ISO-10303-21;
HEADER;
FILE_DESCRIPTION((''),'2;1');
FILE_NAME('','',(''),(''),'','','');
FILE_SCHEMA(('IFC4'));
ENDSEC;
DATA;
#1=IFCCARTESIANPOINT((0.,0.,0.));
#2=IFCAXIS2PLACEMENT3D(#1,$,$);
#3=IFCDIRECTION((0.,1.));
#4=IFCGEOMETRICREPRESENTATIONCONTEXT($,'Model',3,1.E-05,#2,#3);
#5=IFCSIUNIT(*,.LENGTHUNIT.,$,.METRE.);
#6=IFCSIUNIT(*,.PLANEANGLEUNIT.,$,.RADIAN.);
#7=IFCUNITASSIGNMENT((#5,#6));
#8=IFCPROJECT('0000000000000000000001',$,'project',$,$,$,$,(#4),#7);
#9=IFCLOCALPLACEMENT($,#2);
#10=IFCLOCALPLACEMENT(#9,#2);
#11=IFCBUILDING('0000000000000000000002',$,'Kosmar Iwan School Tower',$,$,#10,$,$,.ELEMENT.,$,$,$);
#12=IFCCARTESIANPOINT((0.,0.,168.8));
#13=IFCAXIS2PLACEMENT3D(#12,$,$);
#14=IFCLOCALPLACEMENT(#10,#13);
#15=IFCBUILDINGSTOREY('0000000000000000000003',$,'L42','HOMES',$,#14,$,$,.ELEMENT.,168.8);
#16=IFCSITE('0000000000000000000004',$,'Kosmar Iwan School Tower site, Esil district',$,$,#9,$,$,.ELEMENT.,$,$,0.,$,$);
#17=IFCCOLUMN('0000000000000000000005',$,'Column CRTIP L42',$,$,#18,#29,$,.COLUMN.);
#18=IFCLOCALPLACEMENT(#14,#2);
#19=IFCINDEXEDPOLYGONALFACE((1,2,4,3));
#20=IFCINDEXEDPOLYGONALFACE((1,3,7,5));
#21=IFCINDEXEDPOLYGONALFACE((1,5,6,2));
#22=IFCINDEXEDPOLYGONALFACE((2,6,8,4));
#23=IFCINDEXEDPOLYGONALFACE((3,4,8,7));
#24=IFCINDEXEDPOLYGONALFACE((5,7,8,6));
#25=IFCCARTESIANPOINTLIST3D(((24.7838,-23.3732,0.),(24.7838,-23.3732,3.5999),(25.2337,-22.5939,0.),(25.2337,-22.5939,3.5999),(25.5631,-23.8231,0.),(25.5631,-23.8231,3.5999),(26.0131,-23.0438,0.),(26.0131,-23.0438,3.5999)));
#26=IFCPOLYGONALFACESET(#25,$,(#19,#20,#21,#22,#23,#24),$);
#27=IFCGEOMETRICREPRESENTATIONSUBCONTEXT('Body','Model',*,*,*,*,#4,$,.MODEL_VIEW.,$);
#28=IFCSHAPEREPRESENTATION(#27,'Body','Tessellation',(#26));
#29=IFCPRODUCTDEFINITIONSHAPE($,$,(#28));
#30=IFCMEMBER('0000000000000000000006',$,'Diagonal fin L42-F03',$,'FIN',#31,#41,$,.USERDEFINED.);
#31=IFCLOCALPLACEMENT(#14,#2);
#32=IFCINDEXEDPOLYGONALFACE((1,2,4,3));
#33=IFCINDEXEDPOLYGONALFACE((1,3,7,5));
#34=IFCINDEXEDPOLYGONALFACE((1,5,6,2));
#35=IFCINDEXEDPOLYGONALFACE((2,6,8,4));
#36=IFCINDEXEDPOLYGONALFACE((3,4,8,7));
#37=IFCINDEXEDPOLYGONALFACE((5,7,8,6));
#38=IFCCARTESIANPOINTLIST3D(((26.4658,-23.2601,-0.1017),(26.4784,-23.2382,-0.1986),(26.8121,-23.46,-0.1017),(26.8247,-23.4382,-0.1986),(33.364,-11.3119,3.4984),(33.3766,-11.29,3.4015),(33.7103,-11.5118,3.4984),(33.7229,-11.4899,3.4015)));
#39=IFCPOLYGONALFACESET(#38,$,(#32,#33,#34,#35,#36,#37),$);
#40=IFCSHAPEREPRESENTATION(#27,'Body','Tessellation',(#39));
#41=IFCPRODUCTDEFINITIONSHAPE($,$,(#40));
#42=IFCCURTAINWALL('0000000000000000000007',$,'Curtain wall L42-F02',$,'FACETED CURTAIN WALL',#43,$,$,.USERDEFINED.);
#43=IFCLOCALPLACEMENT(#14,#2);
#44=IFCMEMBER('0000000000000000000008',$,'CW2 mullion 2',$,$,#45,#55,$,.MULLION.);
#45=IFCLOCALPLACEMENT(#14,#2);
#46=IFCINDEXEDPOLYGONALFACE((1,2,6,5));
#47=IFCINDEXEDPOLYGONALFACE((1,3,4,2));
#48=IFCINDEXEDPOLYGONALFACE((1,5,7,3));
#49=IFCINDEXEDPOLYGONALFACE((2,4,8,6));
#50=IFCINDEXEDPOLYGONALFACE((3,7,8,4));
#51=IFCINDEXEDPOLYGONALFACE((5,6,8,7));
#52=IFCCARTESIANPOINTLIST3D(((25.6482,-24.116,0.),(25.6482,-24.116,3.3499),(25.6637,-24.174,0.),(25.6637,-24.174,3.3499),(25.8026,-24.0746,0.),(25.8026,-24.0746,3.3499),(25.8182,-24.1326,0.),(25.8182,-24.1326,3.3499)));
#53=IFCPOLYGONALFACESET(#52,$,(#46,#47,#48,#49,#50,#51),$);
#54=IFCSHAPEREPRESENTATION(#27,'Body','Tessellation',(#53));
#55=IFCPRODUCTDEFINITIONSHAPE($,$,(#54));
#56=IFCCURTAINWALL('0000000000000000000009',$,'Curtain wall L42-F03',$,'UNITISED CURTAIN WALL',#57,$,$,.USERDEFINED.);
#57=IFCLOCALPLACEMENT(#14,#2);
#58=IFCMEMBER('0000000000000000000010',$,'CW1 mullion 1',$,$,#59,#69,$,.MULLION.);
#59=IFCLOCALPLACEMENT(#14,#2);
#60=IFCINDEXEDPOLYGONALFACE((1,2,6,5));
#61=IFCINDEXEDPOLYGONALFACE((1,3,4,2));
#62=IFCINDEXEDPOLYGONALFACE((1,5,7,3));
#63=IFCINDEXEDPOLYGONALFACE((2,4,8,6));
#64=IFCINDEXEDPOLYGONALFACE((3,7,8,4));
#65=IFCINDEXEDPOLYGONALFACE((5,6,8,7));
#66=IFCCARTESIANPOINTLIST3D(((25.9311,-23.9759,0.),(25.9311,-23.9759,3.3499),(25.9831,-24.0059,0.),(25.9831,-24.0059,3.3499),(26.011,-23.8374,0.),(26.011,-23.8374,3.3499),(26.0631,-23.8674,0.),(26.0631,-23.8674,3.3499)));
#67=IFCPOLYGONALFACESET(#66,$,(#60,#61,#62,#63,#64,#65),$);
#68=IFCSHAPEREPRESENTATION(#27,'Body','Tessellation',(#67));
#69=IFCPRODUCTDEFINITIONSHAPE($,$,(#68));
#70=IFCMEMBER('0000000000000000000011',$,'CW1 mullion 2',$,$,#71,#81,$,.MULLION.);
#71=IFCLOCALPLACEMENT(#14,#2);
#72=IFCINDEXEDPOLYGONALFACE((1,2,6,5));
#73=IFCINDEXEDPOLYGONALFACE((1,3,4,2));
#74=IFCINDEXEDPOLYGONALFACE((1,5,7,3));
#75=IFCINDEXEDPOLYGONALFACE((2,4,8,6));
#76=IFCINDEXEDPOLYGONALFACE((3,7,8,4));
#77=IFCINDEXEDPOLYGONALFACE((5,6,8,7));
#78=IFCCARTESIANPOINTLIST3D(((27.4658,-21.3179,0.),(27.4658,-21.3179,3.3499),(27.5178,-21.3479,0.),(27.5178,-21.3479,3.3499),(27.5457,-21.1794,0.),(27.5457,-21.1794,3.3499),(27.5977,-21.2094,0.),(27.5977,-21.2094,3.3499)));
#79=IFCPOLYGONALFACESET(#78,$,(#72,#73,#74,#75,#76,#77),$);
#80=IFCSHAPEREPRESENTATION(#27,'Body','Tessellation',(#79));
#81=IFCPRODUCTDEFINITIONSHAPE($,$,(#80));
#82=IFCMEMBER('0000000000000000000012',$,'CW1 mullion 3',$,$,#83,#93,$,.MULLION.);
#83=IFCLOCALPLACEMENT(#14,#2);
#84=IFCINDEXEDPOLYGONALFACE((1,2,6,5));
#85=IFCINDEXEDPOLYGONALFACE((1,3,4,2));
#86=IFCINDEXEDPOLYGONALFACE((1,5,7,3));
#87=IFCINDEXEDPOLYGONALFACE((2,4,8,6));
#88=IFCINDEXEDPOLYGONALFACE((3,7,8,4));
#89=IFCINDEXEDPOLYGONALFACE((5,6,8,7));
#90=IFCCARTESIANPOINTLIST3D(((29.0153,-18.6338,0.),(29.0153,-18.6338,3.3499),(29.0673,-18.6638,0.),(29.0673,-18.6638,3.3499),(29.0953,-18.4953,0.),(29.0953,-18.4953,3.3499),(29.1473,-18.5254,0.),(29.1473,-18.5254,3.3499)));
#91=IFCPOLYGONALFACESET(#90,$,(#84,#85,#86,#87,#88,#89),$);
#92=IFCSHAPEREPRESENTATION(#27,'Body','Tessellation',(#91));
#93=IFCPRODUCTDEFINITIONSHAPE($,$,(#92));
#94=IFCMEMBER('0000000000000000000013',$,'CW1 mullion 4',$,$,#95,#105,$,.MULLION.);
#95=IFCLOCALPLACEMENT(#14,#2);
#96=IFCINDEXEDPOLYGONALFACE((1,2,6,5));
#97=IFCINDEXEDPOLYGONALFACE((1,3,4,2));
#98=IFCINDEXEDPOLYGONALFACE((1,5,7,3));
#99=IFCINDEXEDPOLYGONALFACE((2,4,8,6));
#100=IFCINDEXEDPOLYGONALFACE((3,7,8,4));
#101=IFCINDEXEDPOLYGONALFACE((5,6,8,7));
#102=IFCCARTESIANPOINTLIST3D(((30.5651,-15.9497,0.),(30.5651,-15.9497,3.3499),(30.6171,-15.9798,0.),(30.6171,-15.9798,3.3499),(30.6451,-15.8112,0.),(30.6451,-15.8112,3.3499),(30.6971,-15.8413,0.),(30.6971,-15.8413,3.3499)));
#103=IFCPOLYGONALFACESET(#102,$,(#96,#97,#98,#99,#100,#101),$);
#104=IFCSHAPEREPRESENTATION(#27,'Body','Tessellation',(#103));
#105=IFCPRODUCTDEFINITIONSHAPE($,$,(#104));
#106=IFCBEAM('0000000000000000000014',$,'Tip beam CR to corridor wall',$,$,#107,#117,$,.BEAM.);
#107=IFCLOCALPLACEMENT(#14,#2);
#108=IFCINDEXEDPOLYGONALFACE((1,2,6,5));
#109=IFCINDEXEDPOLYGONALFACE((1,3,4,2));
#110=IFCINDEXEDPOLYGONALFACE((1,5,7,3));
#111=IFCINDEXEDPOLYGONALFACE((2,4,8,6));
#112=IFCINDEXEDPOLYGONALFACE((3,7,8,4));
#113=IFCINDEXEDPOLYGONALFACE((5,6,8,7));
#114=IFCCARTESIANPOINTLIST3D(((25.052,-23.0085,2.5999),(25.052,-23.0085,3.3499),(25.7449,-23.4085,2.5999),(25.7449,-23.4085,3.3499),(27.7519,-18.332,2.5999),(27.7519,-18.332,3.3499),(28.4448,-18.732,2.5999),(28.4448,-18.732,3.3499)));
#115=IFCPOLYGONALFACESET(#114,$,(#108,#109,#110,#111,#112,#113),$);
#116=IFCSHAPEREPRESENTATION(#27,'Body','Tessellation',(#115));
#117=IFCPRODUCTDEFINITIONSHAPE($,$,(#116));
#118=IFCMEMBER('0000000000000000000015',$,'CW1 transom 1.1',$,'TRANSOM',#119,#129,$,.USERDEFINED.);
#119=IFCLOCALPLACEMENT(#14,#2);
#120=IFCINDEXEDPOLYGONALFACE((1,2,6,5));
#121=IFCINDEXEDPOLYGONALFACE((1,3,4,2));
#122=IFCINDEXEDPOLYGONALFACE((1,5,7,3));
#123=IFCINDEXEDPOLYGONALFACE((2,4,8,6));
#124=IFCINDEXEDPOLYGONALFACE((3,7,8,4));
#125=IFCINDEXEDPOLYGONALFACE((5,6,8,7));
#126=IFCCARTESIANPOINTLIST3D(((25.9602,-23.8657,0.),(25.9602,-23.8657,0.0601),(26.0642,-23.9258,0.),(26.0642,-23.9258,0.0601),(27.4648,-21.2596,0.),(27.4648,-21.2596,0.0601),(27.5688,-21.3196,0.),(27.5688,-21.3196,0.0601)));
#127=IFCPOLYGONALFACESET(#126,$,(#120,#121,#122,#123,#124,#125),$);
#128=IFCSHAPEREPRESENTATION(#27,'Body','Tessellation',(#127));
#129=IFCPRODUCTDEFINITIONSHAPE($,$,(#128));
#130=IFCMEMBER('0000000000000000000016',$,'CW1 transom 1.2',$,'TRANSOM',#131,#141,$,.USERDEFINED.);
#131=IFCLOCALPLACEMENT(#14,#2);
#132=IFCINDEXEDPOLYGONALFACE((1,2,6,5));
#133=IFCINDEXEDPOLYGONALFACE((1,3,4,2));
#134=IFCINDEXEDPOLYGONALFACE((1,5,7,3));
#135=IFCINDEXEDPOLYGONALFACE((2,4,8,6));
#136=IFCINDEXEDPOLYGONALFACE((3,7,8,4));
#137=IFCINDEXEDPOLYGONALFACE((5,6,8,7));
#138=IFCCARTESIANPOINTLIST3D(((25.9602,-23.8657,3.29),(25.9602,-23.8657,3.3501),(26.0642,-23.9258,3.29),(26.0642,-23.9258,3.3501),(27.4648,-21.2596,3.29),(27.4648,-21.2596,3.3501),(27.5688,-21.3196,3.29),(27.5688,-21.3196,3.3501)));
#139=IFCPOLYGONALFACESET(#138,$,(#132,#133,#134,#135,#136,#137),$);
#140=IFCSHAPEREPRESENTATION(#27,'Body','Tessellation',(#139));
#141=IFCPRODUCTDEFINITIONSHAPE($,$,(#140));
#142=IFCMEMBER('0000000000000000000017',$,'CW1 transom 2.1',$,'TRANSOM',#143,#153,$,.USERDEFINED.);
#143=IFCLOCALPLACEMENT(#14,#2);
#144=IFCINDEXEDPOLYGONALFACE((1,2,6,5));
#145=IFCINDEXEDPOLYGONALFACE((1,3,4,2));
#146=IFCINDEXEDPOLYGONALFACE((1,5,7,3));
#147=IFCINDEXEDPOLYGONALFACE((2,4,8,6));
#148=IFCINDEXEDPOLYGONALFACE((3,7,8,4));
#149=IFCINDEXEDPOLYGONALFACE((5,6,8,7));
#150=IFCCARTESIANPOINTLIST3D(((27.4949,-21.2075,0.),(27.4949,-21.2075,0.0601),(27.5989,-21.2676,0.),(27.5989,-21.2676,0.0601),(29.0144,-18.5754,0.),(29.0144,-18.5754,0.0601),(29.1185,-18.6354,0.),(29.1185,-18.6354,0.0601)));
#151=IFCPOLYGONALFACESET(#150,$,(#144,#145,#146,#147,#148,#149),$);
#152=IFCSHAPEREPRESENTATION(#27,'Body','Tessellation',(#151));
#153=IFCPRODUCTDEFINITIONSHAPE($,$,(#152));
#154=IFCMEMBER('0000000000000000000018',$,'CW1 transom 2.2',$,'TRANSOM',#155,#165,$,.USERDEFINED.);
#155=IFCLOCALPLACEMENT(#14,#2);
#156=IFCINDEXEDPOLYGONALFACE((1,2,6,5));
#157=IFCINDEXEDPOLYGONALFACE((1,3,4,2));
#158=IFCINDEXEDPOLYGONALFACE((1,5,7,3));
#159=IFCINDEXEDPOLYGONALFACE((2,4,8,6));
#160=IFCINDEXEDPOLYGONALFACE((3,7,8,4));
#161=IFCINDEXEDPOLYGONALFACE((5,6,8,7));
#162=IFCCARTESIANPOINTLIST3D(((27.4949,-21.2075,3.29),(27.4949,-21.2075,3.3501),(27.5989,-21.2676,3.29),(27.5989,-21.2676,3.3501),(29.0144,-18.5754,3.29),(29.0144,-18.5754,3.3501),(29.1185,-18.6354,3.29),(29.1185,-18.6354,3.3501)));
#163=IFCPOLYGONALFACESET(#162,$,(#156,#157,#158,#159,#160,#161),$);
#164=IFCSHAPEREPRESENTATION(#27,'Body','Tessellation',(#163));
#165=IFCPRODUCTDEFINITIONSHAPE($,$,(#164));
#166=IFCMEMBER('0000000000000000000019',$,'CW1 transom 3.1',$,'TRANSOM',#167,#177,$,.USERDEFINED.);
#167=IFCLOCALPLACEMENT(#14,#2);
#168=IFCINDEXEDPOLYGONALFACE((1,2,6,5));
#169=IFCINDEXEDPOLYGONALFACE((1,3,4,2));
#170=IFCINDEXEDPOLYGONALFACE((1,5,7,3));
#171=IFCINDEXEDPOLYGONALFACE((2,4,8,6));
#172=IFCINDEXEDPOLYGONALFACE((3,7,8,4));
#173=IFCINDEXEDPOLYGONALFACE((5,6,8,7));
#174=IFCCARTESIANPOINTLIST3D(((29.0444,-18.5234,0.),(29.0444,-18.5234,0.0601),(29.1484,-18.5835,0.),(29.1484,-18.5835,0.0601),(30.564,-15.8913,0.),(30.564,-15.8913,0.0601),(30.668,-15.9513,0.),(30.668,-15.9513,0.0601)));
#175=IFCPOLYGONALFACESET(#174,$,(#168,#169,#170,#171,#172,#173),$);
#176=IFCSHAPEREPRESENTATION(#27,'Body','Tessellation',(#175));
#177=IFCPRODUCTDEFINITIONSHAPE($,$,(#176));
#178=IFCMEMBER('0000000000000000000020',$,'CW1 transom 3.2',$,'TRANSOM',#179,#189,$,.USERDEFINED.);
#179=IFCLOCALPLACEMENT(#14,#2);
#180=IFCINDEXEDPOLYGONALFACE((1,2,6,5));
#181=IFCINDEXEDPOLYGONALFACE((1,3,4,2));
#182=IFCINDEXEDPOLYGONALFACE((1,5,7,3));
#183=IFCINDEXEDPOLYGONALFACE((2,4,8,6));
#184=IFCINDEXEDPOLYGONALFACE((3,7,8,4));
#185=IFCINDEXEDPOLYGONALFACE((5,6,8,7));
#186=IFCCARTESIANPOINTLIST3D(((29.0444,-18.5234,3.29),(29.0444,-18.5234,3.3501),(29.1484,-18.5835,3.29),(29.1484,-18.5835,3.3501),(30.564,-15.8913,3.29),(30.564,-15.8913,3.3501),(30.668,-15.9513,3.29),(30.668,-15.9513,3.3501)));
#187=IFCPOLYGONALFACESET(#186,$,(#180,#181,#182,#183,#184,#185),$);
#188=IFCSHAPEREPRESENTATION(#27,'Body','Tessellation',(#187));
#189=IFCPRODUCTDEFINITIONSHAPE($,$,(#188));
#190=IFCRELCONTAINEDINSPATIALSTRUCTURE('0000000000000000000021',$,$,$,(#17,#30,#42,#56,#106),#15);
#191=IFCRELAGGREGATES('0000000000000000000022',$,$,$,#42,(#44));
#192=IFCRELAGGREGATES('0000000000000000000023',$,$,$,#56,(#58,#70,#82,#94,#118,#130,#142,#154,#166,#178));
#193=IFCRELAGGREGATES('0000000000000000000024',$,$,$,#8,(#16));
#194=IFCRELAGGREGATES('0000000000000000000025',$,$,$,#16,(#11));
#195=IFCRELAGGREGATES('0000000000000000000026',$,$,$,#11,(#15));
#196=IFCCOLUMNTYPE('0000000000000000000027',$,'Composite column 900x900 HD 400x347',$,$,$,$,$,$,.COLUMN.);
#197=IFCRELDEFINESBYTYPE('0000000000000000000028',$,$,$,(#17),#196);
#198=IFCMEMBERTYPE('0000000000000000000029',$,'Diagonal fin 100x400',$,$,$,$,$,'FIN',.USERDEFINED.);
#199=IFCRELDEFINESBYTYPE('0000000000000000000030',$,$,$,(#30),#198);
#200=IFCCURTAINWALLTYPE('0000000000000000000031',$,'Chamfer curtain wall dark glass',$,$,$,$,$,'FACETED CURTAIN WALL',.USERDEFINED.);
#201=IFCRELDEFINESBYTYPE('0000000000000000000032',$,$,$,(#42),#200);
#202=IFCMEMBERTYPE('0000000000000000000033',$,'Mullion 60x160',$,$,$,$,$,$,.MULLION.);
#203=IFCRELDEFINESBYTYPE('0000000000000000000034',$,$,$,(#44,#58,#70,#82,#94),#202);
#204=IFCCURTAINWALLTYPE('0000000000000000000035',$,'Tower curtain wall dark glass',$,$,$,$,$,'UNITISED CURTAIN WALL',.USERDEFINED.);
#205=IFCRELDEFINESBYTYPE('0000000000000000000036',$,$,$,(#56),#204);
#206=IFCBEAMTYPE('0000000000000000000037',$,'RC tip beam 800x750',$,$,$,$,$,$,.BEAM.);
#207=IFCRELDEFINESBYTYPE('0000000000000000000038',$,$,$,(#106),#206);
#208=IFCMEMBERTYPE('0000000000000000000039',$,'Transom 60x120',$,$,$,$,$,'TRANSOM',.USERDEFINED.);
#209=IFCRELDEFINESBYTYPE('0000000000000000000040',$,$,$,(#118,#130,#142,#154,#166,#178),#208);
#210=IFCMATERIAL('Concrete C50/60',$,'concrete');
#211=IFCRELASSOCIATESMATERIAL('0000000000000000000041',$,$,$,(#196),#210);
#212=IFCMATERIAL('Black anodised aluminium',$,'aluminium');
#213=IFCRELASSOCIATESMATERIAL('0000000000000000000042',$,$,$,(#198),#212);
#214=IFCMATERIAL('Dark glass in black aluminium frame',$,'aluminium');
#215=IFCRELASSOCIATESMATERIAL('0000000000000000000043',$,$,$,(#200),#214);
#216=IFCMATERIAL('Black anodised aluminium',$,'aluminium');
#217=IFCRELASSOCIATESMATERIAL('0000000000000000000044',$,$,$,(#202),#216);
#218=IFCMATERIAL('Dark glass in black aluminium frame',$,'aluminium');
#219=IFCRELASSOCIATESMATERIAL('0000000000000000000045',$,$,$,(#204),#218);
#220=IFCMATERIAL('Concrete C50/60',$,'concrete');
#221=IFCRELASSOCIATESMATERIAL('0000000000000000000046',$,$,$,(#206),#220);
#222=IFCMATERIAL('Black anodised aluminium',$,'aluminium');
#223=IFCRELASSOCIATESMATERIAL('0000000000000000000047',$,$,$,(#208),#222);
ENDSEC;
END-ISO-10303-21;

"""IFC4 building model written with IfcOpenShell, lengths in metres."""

from ifc_helpers import new_model, si_unit, direction, frame, origin, origin_2d, place, context, subcontext, project, spatial, rectangle, extrude, material, material_profile, profile_set, type_object, element, aggregate, save


model = new_model("IFC4")

# Units and contexts
model_context = context("Model", 3, precision=1e-05, world=origin(), true_north=direction((0.0, 1.0)))
body_context = subcontext(model_context, "Body", "Model", "MODEL_VIEW")
ifc_project = project(units=[si_unit("LENGTHUNIT", "METRE"), si_unit("PLANEANGLEUNIT", "RADIAN")], contexts=[model_context])

# Site, building, storey
site_placement = place(None, origin())
site = spatial("IfcSite", under=ifc_project, at=site_placement, Name="Kosmar Iwan School Tower site, Esil district", CompositionType="ELEMENT", RefElevation=0.0)
building_placement = place(site_placement, origin())
building = spatial("IfcBuilding", under=site, at=building_placement, Name="Kosmar Iwan School Tower", CompositionType="ELEMENT")
storey_placement = place(building_placement, frame((0.0, 0.0, 168.8)))
storey = spatial("IfcBuildingStorey", under=building, at=storey_placement, Name="L42", Description="HOMES", CompositionType="ELEMENT", Elevation=168.8)

# Column
ifc_material_1 = material(Name="Concrete C50/60", Category="concrete")
ifc_material_profile_1 = material_profile(ifc_material_1, rectangle(XDim=0.8999, YDim=0.8999, at=origin_2d()), Name="RC 900x900 + HD 400x347")
ifc_profile_set_1 = profile_set([ifc_material_profile_1], Name="Concrete C50/60")
column_type = type_object("IfcColumnType", Name="Composite column 900x900 HD 400x347", PredefinedType="COLUMN", material=ifc_profile_set_1)
column_placement = place(storey_placement, frame((25.3984, -23.2085, 0.0), z_axis=(0.0, 0.0, 1.0), x_axis=(0.866025, -0.5, 0.0)))
element("IfcColumn", 1, at=column_placement, inside=storey, type_object=column_type, Name="Column CRTIP L42", PredefinedType="COLUMN", context=body_context, shape_type="SweptSolid", body=[
    extrude(rectangle(XDim=0.8999, YDim=0.8999, at=origin_2d()), origin(), (0.0, 0.0, 1.0), 3.5999),
])

# Member
ifc_material_2 = material(Name="Black anodised aluminium", Category="aluminium")
ifc_material_profile_2 = material_profile(ifc_material_2, rectangle(XDim=0.1001, YDim=0.3999, at=origin_2d()), Name="FIN 100x400")
ifc_profile_set_2 = profile_set([ifc_material_profile_2], Name="Black anodised aluminium")
member_type_1 = type_object("IfcMemberType", Name="Diagonal fin 100x400", ElementType="FIN", PredefinedType="USERDEFINED", material=ifc_profile_set_2)
member_1_placement = place(storey_placement, frame((26.6453, -23.3491, -0.1501), z_axis=(0.483793, 0.83797, 0.252487), x_axis=(-0.126242, -0.218661, 0.9676)))
element("IfcMember", 2, at=member_1_placement, inside=storey, type_object=member_type_1, Name="Diagonal fin L42-F03", ObjectType="FIN", PredefinedType="USERDEFINED", context=body_context, shape_type="SweptSolid", body=[
    extrude(rectangle(XDim=0.1001, YDim=0.3999, at=origin_2d()), origin(), (0.0, 0.0, 1.0), 14.2585),
])

# Curtain wall, member
ifc_material_3 = material(Name="Dark glass in black aluminium frame", Category="aluminium")
curtain_wall_type_1 = type_object("IfcCurtainWallType", Name="Chamfer curtain wall dark glass", ElementType="FACETED CURTAIN WALL", PredefinedType="USERDEFINED", material=ifc_material_3)
curtain_wall_1_placement = place(storey_placement, origin())
curtain_wall_1 = element("IfcCurtainWall", 3, at=curtain_wall_1_placement, inside=storey, type_object=curtain_wall_type_1, Name="Curtain wall L42-F02", ObjectType="FACETED CURTAIN WALL", PredefinedType="USERDEFINED")
ifc_material_4 = material(Name="Black anodised aluminium", Category="aluminium")
ifc_material_profile_3 = material_profile(ifc_material_4, rectangle(XDim=0.0601, YDim=0.1599, at=origin_2d()), Name="MULLION 60x160")
ifc_profile_set_3 = profile_set([ifc_material_profile_3], Name="Black anodised aluminium")
member_type_2 = type_object("IfcMemberType", Name="Mullion 60x160", PredefinedType="MULLION", material=ifc_profile_set_3)
member_2_placement = place(storey_placement, frame((25.7332, -24.1243, 0.0), z_axis=(0.0, 0.0, 1.0), x_axis=(-0.258819, 0.965926, 0.0)))
member_2 = element("IfcMember", 4, at=member_2_placement, type_object=member_type_2, Name="CW2 mullion 2", PredefinedType="MULLION", context=body_context, shape_type="SweptSolid", body=[
    extrude(rectangle(XDim=0.0601, YDim=0.1599, at=origin_2d()), origin(), (0.0, 0.0, 1.0), 3.3499),
])

# Curtain wall, members
ifc_material_5 = material(Name="Dark glass in black aluminium frame", Category="aluminium")
curtain_wall_type_2 = type_object("IfcCurtainWallType", Name="Tower curtain wall dark glass", ElementType="UNITISED CURTAIN WALL", PredefinedType="USERDEFINED", material=ifc_material_5)
curtain_wall_2_placement = place(storey_placement, origin())
curtain_wall_2 = element("IfcCurtainWall", 5, at=curtain_wall_2_placement, inside=storey, type_object=curtain_wall_type_2, Name="Curtain wall L42-F03", ObjectType="UNITISED CURTAIN WALL", PredefinedType="USERDEFINED")
member_3_placement = place(storey_placement, frame((25.9971, -23.9216, 0.0), z_axis=(0.0, 0.0, 1.0), x_axis=(-0.866025, 0.5, 0.0)))
member_3 = element("IfcMember", 6, at=member_3_placement, type_object=member_type_2, Name="CW1 mullion 1", PredefinedType="MULLION", context=body_context, shape_type="SweptSolid", body=[
    extrude(rectangle(XDim=0.0601, YDim=0.1599, at=origin_2d()), origin(), (0.0, 0.0, 1.0), 3.3499),
])
member_4_placement = place(storey_placement, frame((27.5317, -21.2637, 0.0), z_axis=(0.0, 0.0, 1.0), x_axis=(-0.866025, 0.5, 0.0)))
member_4 = element("IfcMember", 7, at=member_4_placement, type_object=member_type_2, Name="CW1 mullion 2", PredefinedType="MULLION", context=body_context, shape_type="SweptSolid", body=[
    extrude(rectangle(XDim=0.0601, YDim=0.1599, at=origin_2d()), origin(), (0.0, 0.0, 1.0), 3.3499),
])
member_5_placement = place(storey_placement, frame((29.0813, -18.5796, 0.0), z_axis=(0.0, 0.0, 1.0), x_axis=(-0.866025, 0.5, 0.0)))
member_5 = element("IfcMember", 8, at=member_5_placement, type_object=member_type_2, Name="CW1 mullion 3", PredefinedType="MULLION", context=body_context, shape_type="SweptSolid", body=[
    extrude(rectangle(XDim=0.0601, YDim=0.1599, at=origin_2d()), origin(), (0.0, 0.0, 1.0), 3.3499),
])
member_6_placement = place(storey_placement, frame((30.6311, -15.8955, 0.0), z_axis=(0.0, 0.0, 1.0), x_axis=(-0.866025, 0.5, 0.0)))
member_6 = element("IfcMember", 9, at=member_6_placement, type_object=member_type_2, Name="CW1 mullion 4", PredefinedType="MULLION", context=body_context, shape_type="SweptSolid", body=[
    extrude(rectangle(XDim=0.0601, YDim=0.1599, at=origin_2d()), origin(), (0.0, 0.0, 1.0), 3.3499),
])

# Beam
ifc_material_6 = material(Name="Concrete C50/60", Category="concrete")
ifc_material_profile_4 = material_profile(ifc_material_6, rectangle(XDim=0.8, YDim=0.75, at=origin_2d()), Name="RC 800x750")
ifc_profile_set_4 = profile_set([ifc_material_profile_4], Name="Concrete C50/60")
beam_type = type_object("IfcBeamType", Name="RC tip beam 800x750", PredefinedType="BEAM", material=ifc_profile_set_4)
beam_placement = place(storey_placement, frame((25.3984, -23.2085, 2.9749), z_axis=(0.499995, 0.866028, 0.0), x_axis=(-0.866028, 0.499995, 0.0)))
element("IfcBeam", 10, at=beam_placement, inside=storey, type_object=beam_type, Name="Tip beam CR to corridor wall", PredefinedType="BEAM", context=body_context, shape_type="SweptSolid", body=[
    extrude(rectangle(XDim=0.8, YDim=0.75, at=origin_2d()), origin(), (0.0, 0.0, 1.0), 5.3999),
])

# Members
ifc_material_7 = material(Name="Black anodised aluminium", Category="aluminium")
ifc_material_profile_5 = material_profile(ifc_material_7, rectangle(XDim=0.1201, YDim=0.0601, at=origin_2d()), Name="TRANSOM 60x120")
ifc_profile_set_5 = profile_set([ifc_material_profile_5], Name="Black anodised aluminium")
member_type_3 = type_object("IfcMemberType", Name="Transom 60x120", ElementType="TRANSOM", PredefinedType="USERDEFINED", material=ifc_profile_set_5)
member_7_placement = place(storey_placement, frame((26.0122, -23.8958, 0.03), z_axis=(0.499987, 0.866033, 0.0), x_axis=(-0.866033, 0.499987, 0.0)))
member_7 = element("IfcMember", 11, at=member_7_placement, type_object=member_type_3, Name="CW1 transom 1.1", ObjectType="TRANSOM", PredefinedType="USERDEFINED", context=body_context, shape_type="SweptSolid", body=[
    extrude(rectangle(XDim=0.1201, YDim=0.0601, at=origin_2d()), origin(), (0.0, 0.0, 1.0), 3.0093),
])
member_8_placement = place(storey_placement, frame((26.0122, -23.8958, 3.3201), z_axis=(0.499987, 0.866033, 0.0), x_axis=(-0.866033, 0.499987, 0.0)))
member_8 = element("IfcMember", 12, at=member_8_placement, type_object=member_type_3, Name="CW1 transom 1.2", ObjectType="TRANSOM", PredefinedType="USERDEFINED", context=body_context, shape_type="SweptSolid", body=[
    extrude(rectangle(XDim=0.1201, YDim=0.0601, at=origin_2d()), origin(), (0.0, 0.0, 1.0), 3.0093),
])
member_9_placement = place(storey_placement, frame((27.5469, -21.2375, 0.03), z_axis=(0.499975, 0.86604, 0.0), x_axis=(-0.86604, 0.499975, 0.0)))
member_9 = element("IfcMember", 13, at=member_9_placement, type_object=member_type_3, Name="CW1 transom 2.1", ObjectType="TRANSOM", PredefinedType="USERDEFINED", context=body_context, shape_type="SweptSolid", body=[
    extrude(rectangle(XDim=0.1201, YDim=0.0601, at=origin_2d()), origin(), (0.0, 0.0, 1.0), 3.0393),
])
member_10_placement = place(storey_placement, frame((27.5469, -21.2375, 3.3201), z_axis=(0.499975, 0.86604, 0.0), x_axis=(-0.86604, 0.499975, 0.0)))
member_10 = element("IfcMember", 14, at=member_10_placement, type_object=member_type_3, Name="CW1 transom 2.2", ObjectType="TRANSOM", PredefinedType="USERDEFINED", context=body_context, shape_type="SweptSolid", body=[
    extrude(rectangle(XDim=0.1201, YDim=0.0601, at=origin_2d()), origin(), (0.0, 0.0, 1.0), 3.0393),
])
member_11_placement = place(storey_placement, frame((29.0964, -18.5535, 0.03), z_axis=(0.499975, 0.86604, 0.0), x_axis=(-0.86604, 0.499975, 0.0)))
member_11 = element("IfcMember", 15, at=member_11_placement, type_object=member_type_3, Name="CW1 transom 3.1", ObjectType="TRANSOM", PredefinedType="USERDEFINED", context=body_context, shape_type="SweptSolid", body=[
    extrude(rectangle(XDim=0.1201, YDim=0.0601, at=origin_2d()), origin(), (0.0, 0.0, 1.0), 3.0393),
])
member_12_placement = place(storey_placement, frame((29.0964, -18.5535, 3.3201), z_axis=(0.499975, 0.86604, 0.0), x_axis=(-0.86604, 0.499975, 0.0)))
member_12 = element("IfcMember", 16, at=member_12_placement, type_object=member_type_3, Name="CW1 transom 3.2", ObjectType="TRANSOM", PredefinedType="USERDEFINED", context=body_context, shape_type="SweptSolid", body=[
    extrude(rectangle(XDim=0.1201, YDim=0.0601, at=origin_2d()), origin(), (0.0, 0.0, 1.0), 3.0393),
])

aggregate(curtain_wall_1, [member_2])
aggregate(curtain_wall_2, [member_3, member_4, member_5, member_6, member_7, member_8, member_9, member_10, member_11, member_12])

save(model, "model.ifc")
